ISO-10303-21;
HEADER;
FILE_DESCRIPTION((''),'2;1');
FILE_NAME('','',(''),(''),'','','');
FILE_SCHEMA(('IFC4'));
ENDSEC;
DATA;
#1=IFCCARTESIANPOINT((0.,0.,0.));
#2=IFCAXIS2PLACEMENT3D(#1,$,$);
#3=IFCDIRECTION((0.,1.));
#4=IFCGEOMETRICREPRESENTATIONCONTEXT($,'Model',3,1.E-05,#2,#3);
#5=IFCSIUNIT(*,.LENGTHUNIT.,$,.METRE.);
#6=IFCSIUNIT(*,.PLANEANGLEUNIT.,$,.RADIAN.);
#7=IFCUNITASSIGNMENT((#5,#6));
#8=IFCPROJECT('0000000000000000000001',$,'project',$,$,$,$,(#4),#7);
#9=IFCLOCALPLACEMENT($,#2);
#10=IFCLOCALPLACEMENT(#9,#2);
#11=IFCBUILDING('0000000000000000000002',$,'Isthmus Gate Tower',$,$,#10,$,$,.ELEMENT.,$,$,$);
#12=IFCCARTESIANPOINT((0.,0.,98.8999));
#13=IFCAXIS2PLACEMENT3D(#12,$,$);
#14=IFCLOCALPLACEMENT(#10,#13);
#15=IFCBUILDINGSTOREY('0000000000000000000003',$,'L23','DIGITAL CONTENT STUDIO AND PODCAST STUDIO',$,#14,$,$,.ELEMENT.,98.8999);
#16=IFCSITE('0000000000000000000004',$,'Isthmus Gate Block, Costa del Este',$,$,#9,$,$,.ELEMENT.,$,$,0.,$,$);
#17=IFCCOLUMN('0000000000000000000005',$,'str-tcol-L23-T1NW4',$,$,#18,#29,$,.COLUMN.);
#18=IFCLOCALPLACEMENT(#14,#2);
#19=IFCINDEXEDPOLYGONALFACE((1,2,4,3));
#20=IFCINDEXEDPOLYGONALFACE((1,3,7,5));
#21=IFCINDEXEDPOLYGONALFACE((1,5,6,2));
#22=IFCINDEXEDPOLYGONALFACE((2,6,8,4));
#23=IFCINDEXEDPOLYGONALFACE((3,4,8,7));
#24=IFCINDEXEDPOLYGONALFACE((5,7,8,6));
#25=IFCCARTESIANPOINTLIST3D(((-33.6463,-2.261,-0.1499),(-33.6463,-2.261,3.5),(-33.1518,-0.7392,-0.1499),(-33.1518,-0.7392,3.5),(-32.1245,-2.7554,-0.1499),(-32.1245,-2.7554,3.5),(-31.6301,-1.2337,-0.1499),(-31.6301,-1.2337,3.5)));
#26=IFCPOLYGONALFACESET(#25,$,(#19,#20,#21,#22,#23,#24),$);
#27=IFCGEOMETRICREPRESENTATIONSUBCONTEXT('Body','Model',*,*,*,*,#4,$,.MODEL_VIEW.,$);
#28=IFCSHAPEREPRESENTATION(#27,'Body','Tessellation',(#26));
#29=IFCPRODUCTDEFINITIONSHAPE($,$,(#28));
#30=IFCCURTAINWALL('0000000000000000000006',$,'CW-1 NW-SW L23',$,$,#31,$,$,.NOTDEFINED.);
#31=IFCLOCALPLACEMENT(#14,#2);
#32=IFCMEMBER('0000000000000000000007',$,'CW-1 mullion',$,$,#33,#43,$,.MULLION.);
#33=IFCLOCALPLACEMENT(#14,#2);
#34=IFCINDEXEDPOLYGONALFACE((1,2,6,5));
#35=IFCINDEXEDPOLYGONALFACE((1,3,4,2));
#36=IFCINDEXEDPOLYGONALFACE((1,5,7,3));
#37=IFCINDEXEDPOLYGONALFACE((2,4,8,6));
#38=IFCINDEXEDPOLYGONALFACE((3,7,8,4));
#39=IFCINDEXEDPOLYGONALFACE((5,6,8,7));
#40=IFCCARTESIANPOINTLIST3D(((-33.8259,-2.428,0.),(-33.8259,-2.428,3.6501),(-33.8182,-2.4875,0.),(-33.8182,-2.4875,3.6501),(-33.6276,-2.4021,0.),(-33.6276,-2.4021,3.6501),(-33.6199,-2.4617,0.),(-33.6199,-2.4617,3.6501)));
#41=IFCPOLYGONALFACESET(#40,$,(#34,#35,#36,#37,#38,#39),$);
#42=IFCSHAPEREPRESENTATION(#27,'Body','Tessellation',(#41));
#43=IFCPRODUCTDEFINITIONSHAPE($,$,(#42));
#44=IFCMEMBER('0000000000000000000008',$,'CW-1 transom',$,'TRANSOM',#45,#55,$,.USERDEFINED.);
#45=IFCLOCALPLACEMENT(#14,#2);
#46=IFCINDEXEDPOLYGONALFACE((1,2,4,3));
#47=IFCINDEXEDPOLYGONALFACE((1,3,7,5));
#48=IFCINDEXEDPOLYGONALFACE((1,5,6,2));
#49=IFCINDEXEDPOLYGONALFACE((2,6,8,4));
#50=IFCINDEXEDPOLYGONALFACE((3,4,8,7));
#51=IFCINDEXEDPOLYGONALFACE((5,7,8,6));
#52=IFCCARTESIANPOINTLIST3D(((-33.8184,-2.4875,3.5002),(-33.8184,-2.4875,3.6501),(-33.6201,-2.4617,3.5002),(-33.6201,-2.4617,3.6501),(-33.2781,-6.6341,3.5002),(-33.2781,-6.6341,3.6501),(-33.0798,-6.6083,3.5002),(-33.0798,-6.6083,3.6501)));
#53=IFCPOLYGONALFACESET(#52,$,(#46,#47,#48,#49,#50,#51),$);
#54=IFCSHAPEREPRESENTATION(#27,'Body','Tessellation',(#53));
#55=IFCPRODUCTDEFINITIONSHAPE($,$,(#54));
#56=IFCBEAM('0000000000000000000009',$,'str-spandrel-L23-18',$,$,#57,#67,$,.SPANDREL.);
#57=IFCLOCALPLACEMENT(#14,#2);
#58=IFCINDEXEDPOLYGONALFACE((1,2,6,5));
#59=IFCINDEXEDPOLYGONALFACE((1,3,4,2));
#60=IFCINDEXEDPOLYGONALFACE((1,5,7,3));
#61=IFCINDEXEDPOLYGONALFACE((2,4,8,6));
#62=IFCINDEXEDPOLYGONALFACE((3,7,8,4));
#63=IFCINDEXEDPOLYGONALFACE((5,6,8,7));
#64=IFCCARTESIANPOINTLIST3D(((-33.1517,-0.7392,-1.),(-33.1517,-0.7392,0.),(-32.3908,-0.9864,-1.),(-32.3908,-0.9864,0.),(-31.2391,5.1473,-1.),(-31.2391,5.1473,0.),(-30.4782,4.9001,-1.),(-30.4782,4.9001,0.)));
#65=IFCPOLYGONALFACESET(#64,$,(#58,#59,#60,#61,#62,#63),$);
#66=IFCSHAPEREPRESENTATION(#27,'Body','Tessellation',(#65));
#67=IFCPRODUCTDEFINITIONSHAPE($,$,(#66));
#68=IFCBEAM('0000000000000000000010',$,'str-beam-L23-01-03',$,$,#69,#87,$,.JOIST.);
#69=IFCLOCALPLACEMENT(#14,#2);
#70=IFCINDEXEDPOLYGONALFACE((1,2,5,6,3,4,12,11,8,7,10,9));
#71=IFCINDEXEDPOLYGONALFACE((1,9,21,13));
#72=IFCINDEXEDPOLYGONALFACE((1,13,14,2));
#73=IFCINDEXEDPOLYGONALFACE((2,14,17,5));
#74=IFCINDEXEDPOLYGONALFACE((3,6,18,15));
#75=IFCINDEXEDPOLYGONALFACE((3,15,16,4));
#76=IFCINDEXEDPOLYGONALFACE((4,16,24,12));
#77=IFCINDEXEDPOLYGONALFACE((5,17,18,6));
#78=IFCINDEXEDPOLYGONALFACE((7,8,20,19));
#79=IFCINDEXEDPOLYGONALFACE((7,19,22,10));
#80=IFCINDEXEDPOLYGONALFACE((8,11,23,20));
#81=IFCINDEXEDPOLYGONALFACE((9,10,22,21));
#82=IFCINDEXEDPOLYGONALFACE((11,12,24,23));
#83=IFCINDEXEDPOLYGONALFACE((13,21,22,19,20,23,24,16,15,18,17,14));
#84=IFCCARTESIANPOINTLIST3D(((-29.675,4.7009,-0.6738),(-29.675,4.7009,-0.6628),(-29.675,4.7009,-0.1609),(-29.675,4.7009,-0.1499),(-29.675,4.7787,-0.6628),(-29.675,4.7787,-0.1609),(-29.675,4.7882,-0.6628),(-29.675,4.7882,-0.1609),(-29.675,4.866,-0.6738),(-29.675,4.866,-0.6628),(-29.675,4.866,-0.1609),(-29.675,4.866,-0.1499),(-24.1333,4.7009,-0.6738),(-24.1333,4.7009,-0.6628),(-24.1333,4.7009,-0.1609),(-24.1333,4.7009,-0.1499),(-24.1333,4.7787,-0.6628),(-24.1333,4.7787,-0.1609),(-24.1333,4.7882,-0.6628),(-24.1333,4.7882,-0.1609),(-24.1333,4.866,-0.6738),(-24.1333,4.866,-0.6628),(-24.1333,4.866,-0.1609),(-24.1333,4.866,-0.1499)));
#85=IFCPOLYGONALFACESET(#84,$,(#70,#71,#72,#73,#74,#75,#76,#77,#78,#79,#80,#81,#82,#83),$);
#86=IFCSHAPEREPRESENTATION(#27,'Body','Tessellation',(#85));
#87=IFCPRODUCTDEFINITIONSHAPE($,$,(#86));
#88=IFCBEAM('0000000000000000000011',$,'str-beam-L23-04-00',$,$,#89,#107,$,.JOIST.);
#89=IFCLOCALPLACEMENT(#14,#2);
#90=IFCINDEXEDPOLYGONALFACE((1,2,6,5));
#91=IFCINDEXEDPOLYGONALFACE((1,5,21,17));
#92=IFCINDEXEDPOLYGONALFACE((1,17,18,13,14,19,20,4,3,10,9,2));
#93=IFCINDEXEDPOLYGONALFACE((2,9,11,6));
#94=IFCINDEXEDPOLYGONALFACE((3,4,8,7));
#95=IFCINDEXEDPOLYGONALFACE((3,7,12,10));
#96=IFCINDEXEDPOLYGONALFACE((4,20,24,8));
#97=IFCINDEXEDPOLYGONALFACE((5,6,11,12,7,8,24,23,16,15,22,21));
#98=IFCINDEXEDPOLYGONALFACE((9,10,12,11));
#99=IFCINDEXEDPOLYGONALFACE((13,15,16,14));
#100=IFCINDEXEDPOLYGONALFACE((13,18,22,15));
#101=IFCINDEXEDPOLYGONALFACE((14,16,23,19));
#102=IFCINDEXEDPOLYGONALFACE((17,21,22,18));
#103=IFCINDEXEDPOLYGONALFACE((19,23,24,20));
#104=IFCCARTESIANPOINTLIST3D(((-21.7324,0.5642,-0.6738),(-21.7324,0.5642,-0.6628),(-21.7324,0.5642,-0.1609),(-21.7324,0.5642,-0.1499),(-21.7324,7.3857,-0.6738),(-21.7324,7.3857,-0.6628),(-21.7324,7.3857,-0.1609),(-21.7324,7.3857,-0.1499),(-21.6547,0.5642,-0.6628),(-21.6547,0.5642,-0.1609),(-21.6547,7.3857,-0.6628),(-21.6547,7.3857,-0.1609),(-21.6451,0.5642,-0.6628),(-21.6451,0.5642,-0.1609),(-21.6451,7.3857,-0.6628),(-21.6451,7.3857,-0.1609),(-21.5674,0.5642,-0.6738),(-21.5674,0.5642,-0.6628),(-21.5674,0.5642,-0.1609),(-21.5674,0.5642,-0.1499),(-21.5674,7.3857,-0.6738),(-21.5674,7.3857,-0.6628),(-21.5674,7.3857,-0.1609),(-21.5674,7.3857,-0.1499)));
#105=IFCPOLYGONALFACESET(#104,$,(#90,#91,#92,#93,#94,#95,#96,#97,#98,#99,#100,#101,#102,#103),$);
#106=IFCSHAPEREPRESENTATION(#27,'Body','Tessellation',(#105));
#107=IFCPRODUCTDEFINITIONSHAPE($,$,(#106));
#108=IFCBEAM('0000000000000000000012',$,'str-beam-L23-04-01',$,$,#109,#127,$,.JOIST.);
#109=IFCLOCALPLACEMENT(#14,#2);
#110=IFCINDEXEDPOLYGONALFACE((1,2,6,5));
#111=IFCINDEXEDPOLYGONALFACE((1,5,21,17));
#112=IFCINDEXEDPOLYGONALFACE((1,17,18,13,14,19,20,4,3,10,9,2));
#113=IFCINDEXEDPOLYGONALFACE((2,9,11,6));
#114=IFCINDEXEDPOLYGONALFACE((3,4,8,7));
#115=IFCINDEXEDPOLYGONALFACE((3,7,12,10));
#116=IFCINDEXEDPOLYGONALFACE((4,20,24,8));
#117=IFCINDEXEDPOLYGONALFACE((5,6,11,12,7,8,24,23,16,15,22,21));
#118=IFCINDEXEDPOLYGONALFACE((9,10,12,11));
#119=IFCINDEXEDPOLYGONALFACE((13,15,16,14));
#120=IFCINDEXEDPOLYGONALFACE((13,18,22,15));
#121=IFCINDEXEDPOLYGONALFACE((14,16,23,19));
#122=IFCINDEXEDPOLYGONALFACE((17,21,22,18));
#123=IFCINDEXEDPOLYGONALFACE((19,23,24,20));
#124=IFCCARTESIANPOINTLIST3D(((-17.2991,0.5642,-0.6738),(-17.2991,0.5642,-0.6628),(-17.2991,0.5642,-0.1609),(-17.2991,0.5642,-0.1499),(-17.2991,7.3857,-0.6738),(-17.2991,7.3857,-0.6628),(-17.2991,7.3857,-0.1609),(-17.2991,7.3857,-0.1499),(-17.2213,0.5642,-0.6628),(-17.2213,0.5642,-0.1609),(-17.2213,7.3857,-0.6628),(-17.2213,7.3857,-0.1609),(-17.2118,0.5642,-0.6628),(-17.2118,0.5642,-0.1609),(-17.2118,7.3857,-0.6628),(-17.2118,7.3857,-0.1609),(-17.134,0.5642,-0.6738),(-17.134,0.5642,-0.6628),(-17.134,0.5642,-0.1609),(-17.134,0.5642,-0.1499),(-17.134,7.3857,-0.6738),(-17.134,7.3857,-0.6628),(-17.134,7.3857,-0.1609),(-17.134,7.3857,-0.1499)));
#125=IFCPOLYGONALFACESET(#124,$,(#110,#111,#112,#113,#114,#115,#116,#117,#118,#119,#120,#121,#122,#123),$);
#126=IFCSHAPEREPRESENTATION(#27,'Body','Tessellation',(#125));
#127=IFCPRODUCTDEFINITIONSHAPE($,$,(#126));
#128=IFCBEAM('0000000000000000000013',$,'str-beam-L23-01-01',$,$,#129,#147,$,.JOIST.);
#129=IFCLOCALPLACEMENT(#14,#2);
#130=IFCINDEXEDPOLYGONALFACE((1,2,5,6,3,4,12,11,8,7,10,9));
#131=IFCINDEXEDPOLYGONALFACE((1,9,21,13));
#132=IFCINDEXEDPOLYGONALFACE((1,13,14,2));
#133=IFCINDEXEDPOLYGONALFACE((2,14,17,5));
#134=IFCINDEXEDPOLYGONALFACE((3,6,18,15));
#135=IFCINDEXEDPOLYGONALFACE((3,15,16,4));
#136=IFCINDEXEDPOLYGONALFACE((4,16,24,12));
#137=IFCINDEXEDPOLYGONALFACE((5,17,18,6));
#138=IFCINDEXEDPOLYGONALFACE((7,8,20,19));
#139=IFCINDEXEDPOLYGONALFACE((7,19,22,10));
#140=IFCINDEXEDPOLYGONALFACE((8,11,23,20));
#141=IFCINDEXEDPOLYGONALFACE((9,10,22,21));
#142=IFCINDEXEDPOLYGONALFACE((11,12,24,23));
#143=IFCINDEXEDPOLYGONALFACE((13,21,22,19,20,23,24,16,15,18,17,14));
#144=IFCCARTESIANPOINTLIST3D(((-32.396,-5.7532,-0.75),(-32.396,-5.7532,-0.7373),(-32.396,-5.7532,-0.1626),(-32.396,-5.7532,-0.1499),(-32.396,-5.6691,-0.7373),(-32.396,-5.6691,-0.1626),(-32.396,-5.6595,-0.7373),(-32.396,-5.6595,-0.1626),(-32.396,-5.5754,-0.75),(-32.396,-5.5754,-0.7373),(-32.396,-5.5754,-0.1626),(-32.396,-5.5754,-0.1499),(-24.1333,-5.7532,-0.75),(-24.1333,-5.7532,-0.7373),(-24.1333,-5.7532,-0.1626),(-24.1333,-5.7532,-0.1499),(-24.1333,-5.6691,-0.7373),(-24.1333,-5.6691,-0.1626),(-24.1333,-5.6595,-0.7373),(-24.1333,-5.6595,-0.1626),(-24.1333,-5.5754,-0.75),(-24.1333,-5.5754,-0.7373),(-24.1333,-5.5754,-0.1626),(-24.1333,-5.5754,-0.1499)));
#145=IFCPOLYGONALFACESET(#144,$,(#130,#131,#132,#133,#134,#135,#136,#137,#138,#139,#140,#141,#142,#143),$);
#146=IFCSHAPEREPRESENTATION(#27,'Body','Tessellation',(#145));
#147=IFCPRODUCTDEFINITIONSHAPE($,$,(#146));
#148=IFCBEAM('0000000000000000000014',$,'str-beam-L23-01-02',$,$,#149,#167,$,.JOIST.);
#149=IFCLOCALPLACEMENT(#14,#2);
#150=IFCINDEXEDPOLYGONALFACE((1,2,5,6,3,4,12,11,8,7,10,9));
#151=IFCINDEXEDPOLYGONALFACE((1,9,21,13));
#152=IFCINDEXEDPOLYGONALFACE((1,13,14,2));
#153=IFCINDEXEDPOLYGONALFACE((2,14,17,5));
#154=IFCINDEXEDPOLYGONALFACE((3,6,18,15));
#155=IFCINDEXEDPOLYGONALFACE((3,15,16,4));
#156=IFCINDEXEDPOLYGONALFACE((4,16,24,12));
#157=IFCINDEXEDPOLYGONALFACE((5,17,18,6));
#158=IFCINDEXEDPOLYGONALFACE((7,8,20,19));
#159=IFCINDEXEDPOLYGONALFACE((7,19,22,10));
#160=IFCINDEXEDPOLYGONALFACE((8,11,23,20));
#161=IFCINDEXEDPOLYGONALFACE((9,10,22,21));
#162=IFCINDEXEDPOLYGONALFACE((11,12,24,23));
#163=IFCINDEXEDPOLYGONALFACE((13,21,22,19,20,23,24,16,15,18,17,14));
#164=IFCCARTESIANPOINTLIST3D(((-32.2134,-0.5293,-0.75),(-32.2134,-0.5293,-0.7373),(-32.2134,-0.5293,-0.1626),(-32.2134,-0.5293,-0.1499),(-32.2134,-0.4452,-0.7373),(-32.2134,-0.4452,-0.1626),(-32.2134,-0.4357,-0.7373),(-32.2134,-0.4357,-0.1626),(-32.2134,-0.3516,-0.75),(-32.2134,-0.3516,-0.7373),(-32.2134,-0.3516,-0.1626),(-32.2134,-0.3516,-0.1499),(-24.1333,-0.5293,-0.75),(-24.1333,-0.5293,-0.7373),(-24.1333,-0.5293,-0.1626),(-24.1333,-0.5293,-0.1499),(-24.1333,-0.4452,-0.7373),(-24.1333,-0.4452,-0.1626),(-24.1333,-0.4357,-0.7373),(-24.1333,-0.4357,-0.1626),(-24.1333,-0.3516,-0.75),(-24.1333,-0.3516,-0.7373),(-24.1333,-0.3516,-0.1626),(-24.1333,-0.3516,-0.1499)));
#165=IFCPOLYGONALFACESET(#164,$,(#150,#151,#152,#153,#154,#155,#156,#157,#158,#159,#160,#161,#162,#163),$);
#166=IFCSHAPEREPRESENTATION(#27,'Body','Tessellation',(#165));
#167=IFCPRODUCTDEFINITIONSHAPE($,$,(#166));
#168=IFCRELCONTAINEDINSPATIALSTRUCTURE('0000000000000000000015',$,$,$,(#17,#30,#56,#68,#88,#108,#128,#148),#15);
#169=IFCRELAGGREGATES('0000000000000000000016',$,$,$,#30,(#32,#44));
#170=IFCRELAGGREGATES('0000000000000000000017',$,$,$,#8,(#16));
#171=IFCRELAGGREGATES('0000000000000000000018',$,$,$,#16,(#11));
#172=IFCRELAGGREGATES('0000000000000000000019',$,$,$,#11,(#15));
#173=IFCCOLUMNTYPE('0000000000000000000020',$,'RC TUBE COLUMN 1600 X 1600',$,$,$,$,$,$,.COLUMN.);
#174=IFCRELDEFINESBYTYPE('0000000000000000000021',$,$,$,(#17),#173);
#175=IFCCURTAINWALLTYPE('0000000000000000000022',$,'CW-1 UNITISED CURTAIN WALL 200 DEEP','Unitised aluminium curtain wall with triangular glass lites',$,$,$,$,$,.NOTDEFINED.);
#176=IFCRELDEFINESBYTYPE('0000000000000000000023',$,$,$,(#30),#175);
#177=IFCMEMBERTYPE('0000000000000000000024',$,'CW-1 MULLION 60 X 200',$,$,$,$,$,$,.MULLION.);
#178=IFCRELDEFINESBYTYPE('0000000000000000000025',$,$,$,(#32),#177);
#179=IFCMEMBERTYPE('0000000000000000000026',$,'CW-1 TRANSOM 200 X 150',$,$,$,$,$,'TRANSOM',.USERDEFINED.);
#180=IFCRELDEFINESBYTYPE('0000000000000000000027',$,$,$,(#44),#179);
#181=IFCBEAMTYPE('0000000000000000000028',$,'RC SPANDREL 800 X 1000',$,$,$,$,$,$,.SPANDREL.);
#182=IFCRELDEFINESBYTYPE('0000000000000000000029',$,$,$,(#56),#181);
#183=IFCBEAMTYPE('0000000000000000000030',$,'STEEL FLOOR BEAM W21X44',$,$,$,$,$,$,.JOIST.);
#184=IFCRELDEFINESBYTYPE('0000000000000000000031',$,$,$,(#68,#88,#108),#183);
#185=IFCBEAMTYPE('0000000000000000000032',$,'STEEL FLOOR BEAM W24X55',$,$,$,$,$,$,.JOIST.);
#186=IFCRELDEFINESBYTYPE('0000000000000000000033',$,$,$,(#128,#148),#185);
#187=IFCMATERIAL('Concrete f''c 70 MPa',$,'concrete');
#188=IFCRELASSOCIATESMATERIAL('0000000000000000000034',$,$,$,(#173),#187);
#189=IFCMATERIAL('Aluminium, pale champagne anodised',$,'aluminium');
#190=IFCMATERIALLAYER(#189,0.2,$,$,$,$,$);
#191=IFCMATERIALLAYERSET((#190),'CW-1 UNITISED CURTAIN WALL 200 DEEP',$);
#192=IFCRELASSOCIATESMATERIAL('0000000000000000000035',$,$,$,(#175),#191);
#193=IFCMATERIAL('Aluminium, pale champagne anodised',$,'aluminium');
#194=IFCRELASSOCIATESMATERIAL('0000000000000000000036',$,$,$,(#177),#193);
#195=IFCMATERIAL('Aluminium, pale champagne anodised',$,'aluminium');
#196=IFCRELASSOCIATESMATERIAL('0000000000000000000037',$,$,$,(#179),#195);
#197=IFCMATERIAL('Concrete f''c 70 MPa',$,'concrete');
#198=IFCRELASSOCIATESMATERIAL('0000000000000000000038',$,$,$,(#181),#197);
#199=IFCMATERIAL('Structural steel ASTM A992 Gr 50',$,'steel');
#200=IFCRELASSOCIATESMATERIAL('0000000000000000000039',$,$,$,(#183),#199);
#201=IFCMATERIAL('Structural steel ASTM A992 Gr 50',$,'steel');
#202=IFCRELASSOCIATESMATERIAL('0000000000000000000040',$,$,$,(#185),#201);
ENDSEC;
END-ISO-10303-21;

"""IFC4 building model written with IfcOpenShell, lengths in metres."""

from ifc_helpers import new_model, si_unit, direction, frame, origin, origin_2d, place, context, subcontext, project, spatial, rectangle, i_section, extrude, material, layer, layer_set, material_profile, profile_set, type_object, element, aggregate, save


model = new_model("IFC4")

# Units and contexts
model_context = context("Model", 3, precision=1e-05, world=origin(), true_north=direction((0.0, 1.0)))
body_context = subcontext(model_context, "Body", "Model", "MODEL_VIEW")
ifc_project = project(units=[si_unit("LENGTHUNIT", "METRE"), si_unit("PLANEANGLEUNIT", "RADIAN")], contexts=[model_context])

# Site, building, storey
site_placement = place(None, origin())
site = spatial("IfcSite", under=ifc_project, at=site_placement, Name="Isthmus Gate Block, Costa del Este", CompositionType="ELEMENT", RefElevation=0.0)
building_placement = place(site_placement, origin())
building = spatial("IfcBuilding", under=site, at=building_placement, Name="Isthmus Gate Tower", CompositionType="ELEMENT")
storey_placement = place(building_placement, frame((0.0, 0.0, 98.8999)))
storey = spatial("IfcBuildingStorey", under=building, at=storey_placement, Name="L23", Description="DIGITAL CONTENT STUDIO AND PODCAST STUDIO", CompositionType="ELEMENT", Elevation=98.8999)

# Column
ifc_material_1 = material(Name="Concrete f'c 70 MPa", Category="concrete")
ifc_material_profile_1 = material_profile(ifc_material_1, rectangle(XDim=1.6001, YDim=1.6001, at=origin_2d()), Name="RC 1600X1600")
ifc_profile_set_1 = profile_set([ifc_material_profile_1], Name="Concrete f'c 70 MPa")
column_type = type_object("IfcColumnType", Name="RC TUBE COLUMN 1600 X 1600", PredefinedType="COLUMN", material=ifc_profile_set_1)
column_placement = place(storey_placement, frame((-32.6382, -1.7473, -0.1499), z_axis=(0.0, 0.0, 1.0), x_axis=(-0.309017, -0.951057, 0.0)))
element("IfcColumn", 1, at=column_placement, inside=storey, type_object=column_type, Name="str-tcol-L23-T1NW4", PredefinedType="COLUMN", context=body_context, shape_type="SweptSolid", body=[
    extrude(rectangle(XDim=1.6001, YDim=1.6001, at=origin_2d()), origin(), (0.0, 0.0, 1.0), 3.6499),
])

# Curtain wall, members
ifc_material_2 = material(Name="Aluminium, pale champagne anodised", Category="aluminium")
ifc_layer_1 = layer(ifc_material_2, 0.2)
ifc_layer_set_1 = layer_set([ifc_layer_1], Name="CW-1 UNITISED CURTAIN WALL 200 DEEP")
curtain_wall_type = type_object("IfcCurtainWallType", Name="CW-1 UNITISED CURTAIN WALL 200 DEEP", Description="Unitised aluminium curtain wall with triangular glass lites", PredefinedType="NOTDEFINED", material=ifc_layer_set_1)
curtain_wall_1_placement = place(storey_placement, origin())
curtain_wall_1 = element("IfcCurtainWall", 2, at=curtain_wall_1_placement, inside=storey, type_object=curtain_wall_type, Name="CW-1 NW-SW L23", PredefinedType="NOTDEFINED")
ifc_material_3 = material(Name="Aluminium, pale champagne anodised", Category="aluminium")
ifc_material_profile_2 = material_profile(ifc_material_3, rectangle(XDim=0.0601, YDim=0.2, at=origin_2d()), Name="60x200")
ifc_profile_set_2 = profile_set([ifc_material_profile_2], Name="Aluminium, pale champagne anodised")
member_type_1 = type_object("IfcMemberType", Name="CW-1 MULLION 60 X 200", PredefinedType="MULLION", material=ifc_profile_set_2)
member_1_placement = place(storey_placement, frame((-33.7229, -2.4448, 0.0), z_axis=(0.0, 0.0, 1.0), x_axis=(0.129165, -0.991623, 0.0)))
member_1 = element("IfcMember", 3, at=member_1_placement, type_object=member_type_1, Name="CW-1 mullion", PredefinedType="MULLION", context=body_context, shape_type="SweptSolid", body=[
    extrude(rectangle(XDim=0.0601, YDim=0.2, at=origin_2d()), origin(), (0.0, 0.0, 1.0), 3.6501),
])
ifc_material_4 = material(Name="Aluminium, pale champagne anodised", Category="aluminium")
ifc_material_profile_3 = material_profile(ifc_material_4, rectangle(XDim=0.2, YDim=0.1499, at=origin_2d()), Name="200x150")
ifc_profile_set_3 = profile_set([ifc_material_profile_3], Name="Aluminium, pale champagne anodised")
member_type_2 = type_object("IfcMemberType", Name="CW-1 TRANSOM 200 X 150", ElementType="TRANSOM", PredefinedType="USERDEFINED", material=ifc_profile_set_3)
member_2_placement = place(storey_placement, frame((-33.7192, -2.4746, 3.5752), z_axis=(0.129207, -0.991618, 0.0), x_axis=(0.991618, 0.129207, 0.0)))
member_2 = element("IfcMember", 4, at=member_2_placement, type_object=member_type_2, Name="CW-1 transom", ObjectType="TRANSOM", PredefinedType="USERDEFINED", context=body_context, shape_type="SweptSolid", body=[
    extrude(rectangle(XDim=0.2, YDim=0.1499, at=origin_2d()), origin(), (0.0, 0.0, 1.0), 4.1816),
])

# Beams
ifc_material_5 = material(Name="Concrete f'c 70 MPa", Category="concrete")
ifc_material_profile_4 = material_profile(ifc_material_5, rectangle(XDim=0.8, YDim=1.0, at=origin_2d()), Name="RC 800X1000")
ifc_profile_set_4 = profile_set([ifc_material_profile_4], Name="Concrete f'c 70 MPa")
beam_type_1 = type_object("IfcBeamType", Name="RC SPANDREL 800 X 1000", PredefinedType="SPANDREL", material=ifc_profile_set_4)
beam_1_placement = place(storey_placement, frame((-32.7712, -0.8628, -0.5), z_axis=(0.309012, 0.951058, 0.0), x_axis=(-0.951058, 0.309012, 0.0)))
element("IfcBeam", 5, at=beam_1_placement, inside=storey, type_object=beam_type_1, Name="str-spandrel-L23-18", PredefinedType="SPANDREL", context=body_context, shape_type="SweptSolid", body=[
    extrude(rectangle(XDim=0.8, YDim=1.0, at=origin_2d()), origin(), (0.0, 0.0, 1.0), 6.1895),
])
ifc_material_6 = material(Name="Structural steel ASTM A992 Gr 50", Category="steel")
ifc_material_profile_5 = material_profile(ifc_material_6, i_section(OverallWidth=0.165, OverallDepth=0.5239, WebThickness=0.0095, FlangeThickness=0.011, at=origin_2d()), Name="W21X44")
ifc_profile_set_5 = profile_set([ifc_material_profile_5], Name="Structural steel ASTM A992 Gr 50")
beam_type_2 = type_object("IfcBeamType", Name="STEEL FLOOR BEAM W21X44", PredefinedType="JOIST", material=ifc_profile_set_5)
beam_2_placement = place(storey_placement, frame((-29.675, 4.7834, -0.4119), z_axis=(1.0, 0.0, 0.0), x_axis=(0.0, 1.0, 0.0)))
element("IfcBeam", 6, at=beam_2_placement, inside=storey, type_object=beam_type_2, Name="str-beam-L23-01-03", PredefinedType="JOIST", context=body_context, shape_type="SweptSolid", body=[
    extrude(i_section(OverallWidth=0.165, OverallDepth=0.5239, WebThickness=0.0095, FlangeThickness=0.011, at=origin_2d()), origin(), (0.0, 0.0, 1.0), 5.5417),
])
for number, where, z_axis, x_axis, name in (
    (7, (-21.6499, 0.5642, -0.4119), (0.0, 1.0, 0.0), (-1.0, 0.0, 0.0), "str-beam-L23-04-00"),
    (8, (-17.2166, 0.5642, -0.4119), (0.0, 1.0, 0.0), (-1.0, 0.0, 0.0), "str-beam-L23-04-01"),
):
    element("IfcBeam", number, at=place(storey_placement, frame(where, z_axis=z_axis, x_axis=x_axis)), inside=storey, type_object=beam_type_2, Name=name, PredefinedType="JOIST", context=body_context, shape_type="SweptSolid", body=[
        extrude(i_section(OverallWidth=0.165, OverallDepth=0.5239, WebThickness=0.0095, FlangeThickness=0.011, at=origin_2d()), origin(), (0.0, 0.0, 1.0), 6.8215),
    ])
ifc_material_7 = material(Name="Structural steel ASTM A992 Gr 50", Category="steel")
ifc_material_profile_6 = material_profile(ifc_material_7, i_section(OverallWidth=0.1777, OverallDepth=0.6001, WebThickness=0.0095, FlangeThickness=0.0127, at=origin_2d()), Name="W24X55")
ifc_profile_set_6 = profile_set([ifc_material_profile_6], Name="Structural steel ASTM A992 Gr 50")
beam_type_3 = type_object("IfcBeamType", Name="STEEL FLOOR BEAM W24X55", PredefinedType="JOIST", material=ifc_profile_set_6)
beam_3_placement = place(storey_placement, frame((-32.396, -5.6643, -0.45), z_axis=(1.0, 0.0, 0.0), x_axis=(0.0, 1.0, 0.0)))
element("IfcBeam", 9, at=beam_3_placement, inside=storey, type_object=beam_type_3, Name="str-beam-L23-01-01", PredefinedType="JOIST", context=body_context, shape_type="SweptSolid", body=[
    extrude(i_section(OverallWidth=0.1777, OverallDepth=0.6001, WebThickness=0.0095, FlangeThickness=0.0127, at=origin_2d()), origin(), (0.0, 0.0, 1.0), 8.2627),
])
beam_4_placement = place(storey_placement, frame((-32.2134, -0.4404, -0.45), z_axis=(1.0, 0.0, 0.0), x_axis=(0.0, 1.0, 0.0)))
element("IfcBeam", 10, at=beam_4_placement, inside=storey, type_object=beam_type_3, Name="str-beam-L23-01-02", PredefinedType="JOIST", context=body_context, shape_type="SweptSolid", body=[
    extrude(i_section(OverallWidth=0.1777, OverallDepth=0.6001, WebThickness=0.0095, FlangeThickness=0.0127, at=origin_2d()), origin(), (0.0, 0.0, 1.0), 8.0801),
])

aggregate(curtain_wall_1, [member_1, member_2])

save(model, "model.ifc")
